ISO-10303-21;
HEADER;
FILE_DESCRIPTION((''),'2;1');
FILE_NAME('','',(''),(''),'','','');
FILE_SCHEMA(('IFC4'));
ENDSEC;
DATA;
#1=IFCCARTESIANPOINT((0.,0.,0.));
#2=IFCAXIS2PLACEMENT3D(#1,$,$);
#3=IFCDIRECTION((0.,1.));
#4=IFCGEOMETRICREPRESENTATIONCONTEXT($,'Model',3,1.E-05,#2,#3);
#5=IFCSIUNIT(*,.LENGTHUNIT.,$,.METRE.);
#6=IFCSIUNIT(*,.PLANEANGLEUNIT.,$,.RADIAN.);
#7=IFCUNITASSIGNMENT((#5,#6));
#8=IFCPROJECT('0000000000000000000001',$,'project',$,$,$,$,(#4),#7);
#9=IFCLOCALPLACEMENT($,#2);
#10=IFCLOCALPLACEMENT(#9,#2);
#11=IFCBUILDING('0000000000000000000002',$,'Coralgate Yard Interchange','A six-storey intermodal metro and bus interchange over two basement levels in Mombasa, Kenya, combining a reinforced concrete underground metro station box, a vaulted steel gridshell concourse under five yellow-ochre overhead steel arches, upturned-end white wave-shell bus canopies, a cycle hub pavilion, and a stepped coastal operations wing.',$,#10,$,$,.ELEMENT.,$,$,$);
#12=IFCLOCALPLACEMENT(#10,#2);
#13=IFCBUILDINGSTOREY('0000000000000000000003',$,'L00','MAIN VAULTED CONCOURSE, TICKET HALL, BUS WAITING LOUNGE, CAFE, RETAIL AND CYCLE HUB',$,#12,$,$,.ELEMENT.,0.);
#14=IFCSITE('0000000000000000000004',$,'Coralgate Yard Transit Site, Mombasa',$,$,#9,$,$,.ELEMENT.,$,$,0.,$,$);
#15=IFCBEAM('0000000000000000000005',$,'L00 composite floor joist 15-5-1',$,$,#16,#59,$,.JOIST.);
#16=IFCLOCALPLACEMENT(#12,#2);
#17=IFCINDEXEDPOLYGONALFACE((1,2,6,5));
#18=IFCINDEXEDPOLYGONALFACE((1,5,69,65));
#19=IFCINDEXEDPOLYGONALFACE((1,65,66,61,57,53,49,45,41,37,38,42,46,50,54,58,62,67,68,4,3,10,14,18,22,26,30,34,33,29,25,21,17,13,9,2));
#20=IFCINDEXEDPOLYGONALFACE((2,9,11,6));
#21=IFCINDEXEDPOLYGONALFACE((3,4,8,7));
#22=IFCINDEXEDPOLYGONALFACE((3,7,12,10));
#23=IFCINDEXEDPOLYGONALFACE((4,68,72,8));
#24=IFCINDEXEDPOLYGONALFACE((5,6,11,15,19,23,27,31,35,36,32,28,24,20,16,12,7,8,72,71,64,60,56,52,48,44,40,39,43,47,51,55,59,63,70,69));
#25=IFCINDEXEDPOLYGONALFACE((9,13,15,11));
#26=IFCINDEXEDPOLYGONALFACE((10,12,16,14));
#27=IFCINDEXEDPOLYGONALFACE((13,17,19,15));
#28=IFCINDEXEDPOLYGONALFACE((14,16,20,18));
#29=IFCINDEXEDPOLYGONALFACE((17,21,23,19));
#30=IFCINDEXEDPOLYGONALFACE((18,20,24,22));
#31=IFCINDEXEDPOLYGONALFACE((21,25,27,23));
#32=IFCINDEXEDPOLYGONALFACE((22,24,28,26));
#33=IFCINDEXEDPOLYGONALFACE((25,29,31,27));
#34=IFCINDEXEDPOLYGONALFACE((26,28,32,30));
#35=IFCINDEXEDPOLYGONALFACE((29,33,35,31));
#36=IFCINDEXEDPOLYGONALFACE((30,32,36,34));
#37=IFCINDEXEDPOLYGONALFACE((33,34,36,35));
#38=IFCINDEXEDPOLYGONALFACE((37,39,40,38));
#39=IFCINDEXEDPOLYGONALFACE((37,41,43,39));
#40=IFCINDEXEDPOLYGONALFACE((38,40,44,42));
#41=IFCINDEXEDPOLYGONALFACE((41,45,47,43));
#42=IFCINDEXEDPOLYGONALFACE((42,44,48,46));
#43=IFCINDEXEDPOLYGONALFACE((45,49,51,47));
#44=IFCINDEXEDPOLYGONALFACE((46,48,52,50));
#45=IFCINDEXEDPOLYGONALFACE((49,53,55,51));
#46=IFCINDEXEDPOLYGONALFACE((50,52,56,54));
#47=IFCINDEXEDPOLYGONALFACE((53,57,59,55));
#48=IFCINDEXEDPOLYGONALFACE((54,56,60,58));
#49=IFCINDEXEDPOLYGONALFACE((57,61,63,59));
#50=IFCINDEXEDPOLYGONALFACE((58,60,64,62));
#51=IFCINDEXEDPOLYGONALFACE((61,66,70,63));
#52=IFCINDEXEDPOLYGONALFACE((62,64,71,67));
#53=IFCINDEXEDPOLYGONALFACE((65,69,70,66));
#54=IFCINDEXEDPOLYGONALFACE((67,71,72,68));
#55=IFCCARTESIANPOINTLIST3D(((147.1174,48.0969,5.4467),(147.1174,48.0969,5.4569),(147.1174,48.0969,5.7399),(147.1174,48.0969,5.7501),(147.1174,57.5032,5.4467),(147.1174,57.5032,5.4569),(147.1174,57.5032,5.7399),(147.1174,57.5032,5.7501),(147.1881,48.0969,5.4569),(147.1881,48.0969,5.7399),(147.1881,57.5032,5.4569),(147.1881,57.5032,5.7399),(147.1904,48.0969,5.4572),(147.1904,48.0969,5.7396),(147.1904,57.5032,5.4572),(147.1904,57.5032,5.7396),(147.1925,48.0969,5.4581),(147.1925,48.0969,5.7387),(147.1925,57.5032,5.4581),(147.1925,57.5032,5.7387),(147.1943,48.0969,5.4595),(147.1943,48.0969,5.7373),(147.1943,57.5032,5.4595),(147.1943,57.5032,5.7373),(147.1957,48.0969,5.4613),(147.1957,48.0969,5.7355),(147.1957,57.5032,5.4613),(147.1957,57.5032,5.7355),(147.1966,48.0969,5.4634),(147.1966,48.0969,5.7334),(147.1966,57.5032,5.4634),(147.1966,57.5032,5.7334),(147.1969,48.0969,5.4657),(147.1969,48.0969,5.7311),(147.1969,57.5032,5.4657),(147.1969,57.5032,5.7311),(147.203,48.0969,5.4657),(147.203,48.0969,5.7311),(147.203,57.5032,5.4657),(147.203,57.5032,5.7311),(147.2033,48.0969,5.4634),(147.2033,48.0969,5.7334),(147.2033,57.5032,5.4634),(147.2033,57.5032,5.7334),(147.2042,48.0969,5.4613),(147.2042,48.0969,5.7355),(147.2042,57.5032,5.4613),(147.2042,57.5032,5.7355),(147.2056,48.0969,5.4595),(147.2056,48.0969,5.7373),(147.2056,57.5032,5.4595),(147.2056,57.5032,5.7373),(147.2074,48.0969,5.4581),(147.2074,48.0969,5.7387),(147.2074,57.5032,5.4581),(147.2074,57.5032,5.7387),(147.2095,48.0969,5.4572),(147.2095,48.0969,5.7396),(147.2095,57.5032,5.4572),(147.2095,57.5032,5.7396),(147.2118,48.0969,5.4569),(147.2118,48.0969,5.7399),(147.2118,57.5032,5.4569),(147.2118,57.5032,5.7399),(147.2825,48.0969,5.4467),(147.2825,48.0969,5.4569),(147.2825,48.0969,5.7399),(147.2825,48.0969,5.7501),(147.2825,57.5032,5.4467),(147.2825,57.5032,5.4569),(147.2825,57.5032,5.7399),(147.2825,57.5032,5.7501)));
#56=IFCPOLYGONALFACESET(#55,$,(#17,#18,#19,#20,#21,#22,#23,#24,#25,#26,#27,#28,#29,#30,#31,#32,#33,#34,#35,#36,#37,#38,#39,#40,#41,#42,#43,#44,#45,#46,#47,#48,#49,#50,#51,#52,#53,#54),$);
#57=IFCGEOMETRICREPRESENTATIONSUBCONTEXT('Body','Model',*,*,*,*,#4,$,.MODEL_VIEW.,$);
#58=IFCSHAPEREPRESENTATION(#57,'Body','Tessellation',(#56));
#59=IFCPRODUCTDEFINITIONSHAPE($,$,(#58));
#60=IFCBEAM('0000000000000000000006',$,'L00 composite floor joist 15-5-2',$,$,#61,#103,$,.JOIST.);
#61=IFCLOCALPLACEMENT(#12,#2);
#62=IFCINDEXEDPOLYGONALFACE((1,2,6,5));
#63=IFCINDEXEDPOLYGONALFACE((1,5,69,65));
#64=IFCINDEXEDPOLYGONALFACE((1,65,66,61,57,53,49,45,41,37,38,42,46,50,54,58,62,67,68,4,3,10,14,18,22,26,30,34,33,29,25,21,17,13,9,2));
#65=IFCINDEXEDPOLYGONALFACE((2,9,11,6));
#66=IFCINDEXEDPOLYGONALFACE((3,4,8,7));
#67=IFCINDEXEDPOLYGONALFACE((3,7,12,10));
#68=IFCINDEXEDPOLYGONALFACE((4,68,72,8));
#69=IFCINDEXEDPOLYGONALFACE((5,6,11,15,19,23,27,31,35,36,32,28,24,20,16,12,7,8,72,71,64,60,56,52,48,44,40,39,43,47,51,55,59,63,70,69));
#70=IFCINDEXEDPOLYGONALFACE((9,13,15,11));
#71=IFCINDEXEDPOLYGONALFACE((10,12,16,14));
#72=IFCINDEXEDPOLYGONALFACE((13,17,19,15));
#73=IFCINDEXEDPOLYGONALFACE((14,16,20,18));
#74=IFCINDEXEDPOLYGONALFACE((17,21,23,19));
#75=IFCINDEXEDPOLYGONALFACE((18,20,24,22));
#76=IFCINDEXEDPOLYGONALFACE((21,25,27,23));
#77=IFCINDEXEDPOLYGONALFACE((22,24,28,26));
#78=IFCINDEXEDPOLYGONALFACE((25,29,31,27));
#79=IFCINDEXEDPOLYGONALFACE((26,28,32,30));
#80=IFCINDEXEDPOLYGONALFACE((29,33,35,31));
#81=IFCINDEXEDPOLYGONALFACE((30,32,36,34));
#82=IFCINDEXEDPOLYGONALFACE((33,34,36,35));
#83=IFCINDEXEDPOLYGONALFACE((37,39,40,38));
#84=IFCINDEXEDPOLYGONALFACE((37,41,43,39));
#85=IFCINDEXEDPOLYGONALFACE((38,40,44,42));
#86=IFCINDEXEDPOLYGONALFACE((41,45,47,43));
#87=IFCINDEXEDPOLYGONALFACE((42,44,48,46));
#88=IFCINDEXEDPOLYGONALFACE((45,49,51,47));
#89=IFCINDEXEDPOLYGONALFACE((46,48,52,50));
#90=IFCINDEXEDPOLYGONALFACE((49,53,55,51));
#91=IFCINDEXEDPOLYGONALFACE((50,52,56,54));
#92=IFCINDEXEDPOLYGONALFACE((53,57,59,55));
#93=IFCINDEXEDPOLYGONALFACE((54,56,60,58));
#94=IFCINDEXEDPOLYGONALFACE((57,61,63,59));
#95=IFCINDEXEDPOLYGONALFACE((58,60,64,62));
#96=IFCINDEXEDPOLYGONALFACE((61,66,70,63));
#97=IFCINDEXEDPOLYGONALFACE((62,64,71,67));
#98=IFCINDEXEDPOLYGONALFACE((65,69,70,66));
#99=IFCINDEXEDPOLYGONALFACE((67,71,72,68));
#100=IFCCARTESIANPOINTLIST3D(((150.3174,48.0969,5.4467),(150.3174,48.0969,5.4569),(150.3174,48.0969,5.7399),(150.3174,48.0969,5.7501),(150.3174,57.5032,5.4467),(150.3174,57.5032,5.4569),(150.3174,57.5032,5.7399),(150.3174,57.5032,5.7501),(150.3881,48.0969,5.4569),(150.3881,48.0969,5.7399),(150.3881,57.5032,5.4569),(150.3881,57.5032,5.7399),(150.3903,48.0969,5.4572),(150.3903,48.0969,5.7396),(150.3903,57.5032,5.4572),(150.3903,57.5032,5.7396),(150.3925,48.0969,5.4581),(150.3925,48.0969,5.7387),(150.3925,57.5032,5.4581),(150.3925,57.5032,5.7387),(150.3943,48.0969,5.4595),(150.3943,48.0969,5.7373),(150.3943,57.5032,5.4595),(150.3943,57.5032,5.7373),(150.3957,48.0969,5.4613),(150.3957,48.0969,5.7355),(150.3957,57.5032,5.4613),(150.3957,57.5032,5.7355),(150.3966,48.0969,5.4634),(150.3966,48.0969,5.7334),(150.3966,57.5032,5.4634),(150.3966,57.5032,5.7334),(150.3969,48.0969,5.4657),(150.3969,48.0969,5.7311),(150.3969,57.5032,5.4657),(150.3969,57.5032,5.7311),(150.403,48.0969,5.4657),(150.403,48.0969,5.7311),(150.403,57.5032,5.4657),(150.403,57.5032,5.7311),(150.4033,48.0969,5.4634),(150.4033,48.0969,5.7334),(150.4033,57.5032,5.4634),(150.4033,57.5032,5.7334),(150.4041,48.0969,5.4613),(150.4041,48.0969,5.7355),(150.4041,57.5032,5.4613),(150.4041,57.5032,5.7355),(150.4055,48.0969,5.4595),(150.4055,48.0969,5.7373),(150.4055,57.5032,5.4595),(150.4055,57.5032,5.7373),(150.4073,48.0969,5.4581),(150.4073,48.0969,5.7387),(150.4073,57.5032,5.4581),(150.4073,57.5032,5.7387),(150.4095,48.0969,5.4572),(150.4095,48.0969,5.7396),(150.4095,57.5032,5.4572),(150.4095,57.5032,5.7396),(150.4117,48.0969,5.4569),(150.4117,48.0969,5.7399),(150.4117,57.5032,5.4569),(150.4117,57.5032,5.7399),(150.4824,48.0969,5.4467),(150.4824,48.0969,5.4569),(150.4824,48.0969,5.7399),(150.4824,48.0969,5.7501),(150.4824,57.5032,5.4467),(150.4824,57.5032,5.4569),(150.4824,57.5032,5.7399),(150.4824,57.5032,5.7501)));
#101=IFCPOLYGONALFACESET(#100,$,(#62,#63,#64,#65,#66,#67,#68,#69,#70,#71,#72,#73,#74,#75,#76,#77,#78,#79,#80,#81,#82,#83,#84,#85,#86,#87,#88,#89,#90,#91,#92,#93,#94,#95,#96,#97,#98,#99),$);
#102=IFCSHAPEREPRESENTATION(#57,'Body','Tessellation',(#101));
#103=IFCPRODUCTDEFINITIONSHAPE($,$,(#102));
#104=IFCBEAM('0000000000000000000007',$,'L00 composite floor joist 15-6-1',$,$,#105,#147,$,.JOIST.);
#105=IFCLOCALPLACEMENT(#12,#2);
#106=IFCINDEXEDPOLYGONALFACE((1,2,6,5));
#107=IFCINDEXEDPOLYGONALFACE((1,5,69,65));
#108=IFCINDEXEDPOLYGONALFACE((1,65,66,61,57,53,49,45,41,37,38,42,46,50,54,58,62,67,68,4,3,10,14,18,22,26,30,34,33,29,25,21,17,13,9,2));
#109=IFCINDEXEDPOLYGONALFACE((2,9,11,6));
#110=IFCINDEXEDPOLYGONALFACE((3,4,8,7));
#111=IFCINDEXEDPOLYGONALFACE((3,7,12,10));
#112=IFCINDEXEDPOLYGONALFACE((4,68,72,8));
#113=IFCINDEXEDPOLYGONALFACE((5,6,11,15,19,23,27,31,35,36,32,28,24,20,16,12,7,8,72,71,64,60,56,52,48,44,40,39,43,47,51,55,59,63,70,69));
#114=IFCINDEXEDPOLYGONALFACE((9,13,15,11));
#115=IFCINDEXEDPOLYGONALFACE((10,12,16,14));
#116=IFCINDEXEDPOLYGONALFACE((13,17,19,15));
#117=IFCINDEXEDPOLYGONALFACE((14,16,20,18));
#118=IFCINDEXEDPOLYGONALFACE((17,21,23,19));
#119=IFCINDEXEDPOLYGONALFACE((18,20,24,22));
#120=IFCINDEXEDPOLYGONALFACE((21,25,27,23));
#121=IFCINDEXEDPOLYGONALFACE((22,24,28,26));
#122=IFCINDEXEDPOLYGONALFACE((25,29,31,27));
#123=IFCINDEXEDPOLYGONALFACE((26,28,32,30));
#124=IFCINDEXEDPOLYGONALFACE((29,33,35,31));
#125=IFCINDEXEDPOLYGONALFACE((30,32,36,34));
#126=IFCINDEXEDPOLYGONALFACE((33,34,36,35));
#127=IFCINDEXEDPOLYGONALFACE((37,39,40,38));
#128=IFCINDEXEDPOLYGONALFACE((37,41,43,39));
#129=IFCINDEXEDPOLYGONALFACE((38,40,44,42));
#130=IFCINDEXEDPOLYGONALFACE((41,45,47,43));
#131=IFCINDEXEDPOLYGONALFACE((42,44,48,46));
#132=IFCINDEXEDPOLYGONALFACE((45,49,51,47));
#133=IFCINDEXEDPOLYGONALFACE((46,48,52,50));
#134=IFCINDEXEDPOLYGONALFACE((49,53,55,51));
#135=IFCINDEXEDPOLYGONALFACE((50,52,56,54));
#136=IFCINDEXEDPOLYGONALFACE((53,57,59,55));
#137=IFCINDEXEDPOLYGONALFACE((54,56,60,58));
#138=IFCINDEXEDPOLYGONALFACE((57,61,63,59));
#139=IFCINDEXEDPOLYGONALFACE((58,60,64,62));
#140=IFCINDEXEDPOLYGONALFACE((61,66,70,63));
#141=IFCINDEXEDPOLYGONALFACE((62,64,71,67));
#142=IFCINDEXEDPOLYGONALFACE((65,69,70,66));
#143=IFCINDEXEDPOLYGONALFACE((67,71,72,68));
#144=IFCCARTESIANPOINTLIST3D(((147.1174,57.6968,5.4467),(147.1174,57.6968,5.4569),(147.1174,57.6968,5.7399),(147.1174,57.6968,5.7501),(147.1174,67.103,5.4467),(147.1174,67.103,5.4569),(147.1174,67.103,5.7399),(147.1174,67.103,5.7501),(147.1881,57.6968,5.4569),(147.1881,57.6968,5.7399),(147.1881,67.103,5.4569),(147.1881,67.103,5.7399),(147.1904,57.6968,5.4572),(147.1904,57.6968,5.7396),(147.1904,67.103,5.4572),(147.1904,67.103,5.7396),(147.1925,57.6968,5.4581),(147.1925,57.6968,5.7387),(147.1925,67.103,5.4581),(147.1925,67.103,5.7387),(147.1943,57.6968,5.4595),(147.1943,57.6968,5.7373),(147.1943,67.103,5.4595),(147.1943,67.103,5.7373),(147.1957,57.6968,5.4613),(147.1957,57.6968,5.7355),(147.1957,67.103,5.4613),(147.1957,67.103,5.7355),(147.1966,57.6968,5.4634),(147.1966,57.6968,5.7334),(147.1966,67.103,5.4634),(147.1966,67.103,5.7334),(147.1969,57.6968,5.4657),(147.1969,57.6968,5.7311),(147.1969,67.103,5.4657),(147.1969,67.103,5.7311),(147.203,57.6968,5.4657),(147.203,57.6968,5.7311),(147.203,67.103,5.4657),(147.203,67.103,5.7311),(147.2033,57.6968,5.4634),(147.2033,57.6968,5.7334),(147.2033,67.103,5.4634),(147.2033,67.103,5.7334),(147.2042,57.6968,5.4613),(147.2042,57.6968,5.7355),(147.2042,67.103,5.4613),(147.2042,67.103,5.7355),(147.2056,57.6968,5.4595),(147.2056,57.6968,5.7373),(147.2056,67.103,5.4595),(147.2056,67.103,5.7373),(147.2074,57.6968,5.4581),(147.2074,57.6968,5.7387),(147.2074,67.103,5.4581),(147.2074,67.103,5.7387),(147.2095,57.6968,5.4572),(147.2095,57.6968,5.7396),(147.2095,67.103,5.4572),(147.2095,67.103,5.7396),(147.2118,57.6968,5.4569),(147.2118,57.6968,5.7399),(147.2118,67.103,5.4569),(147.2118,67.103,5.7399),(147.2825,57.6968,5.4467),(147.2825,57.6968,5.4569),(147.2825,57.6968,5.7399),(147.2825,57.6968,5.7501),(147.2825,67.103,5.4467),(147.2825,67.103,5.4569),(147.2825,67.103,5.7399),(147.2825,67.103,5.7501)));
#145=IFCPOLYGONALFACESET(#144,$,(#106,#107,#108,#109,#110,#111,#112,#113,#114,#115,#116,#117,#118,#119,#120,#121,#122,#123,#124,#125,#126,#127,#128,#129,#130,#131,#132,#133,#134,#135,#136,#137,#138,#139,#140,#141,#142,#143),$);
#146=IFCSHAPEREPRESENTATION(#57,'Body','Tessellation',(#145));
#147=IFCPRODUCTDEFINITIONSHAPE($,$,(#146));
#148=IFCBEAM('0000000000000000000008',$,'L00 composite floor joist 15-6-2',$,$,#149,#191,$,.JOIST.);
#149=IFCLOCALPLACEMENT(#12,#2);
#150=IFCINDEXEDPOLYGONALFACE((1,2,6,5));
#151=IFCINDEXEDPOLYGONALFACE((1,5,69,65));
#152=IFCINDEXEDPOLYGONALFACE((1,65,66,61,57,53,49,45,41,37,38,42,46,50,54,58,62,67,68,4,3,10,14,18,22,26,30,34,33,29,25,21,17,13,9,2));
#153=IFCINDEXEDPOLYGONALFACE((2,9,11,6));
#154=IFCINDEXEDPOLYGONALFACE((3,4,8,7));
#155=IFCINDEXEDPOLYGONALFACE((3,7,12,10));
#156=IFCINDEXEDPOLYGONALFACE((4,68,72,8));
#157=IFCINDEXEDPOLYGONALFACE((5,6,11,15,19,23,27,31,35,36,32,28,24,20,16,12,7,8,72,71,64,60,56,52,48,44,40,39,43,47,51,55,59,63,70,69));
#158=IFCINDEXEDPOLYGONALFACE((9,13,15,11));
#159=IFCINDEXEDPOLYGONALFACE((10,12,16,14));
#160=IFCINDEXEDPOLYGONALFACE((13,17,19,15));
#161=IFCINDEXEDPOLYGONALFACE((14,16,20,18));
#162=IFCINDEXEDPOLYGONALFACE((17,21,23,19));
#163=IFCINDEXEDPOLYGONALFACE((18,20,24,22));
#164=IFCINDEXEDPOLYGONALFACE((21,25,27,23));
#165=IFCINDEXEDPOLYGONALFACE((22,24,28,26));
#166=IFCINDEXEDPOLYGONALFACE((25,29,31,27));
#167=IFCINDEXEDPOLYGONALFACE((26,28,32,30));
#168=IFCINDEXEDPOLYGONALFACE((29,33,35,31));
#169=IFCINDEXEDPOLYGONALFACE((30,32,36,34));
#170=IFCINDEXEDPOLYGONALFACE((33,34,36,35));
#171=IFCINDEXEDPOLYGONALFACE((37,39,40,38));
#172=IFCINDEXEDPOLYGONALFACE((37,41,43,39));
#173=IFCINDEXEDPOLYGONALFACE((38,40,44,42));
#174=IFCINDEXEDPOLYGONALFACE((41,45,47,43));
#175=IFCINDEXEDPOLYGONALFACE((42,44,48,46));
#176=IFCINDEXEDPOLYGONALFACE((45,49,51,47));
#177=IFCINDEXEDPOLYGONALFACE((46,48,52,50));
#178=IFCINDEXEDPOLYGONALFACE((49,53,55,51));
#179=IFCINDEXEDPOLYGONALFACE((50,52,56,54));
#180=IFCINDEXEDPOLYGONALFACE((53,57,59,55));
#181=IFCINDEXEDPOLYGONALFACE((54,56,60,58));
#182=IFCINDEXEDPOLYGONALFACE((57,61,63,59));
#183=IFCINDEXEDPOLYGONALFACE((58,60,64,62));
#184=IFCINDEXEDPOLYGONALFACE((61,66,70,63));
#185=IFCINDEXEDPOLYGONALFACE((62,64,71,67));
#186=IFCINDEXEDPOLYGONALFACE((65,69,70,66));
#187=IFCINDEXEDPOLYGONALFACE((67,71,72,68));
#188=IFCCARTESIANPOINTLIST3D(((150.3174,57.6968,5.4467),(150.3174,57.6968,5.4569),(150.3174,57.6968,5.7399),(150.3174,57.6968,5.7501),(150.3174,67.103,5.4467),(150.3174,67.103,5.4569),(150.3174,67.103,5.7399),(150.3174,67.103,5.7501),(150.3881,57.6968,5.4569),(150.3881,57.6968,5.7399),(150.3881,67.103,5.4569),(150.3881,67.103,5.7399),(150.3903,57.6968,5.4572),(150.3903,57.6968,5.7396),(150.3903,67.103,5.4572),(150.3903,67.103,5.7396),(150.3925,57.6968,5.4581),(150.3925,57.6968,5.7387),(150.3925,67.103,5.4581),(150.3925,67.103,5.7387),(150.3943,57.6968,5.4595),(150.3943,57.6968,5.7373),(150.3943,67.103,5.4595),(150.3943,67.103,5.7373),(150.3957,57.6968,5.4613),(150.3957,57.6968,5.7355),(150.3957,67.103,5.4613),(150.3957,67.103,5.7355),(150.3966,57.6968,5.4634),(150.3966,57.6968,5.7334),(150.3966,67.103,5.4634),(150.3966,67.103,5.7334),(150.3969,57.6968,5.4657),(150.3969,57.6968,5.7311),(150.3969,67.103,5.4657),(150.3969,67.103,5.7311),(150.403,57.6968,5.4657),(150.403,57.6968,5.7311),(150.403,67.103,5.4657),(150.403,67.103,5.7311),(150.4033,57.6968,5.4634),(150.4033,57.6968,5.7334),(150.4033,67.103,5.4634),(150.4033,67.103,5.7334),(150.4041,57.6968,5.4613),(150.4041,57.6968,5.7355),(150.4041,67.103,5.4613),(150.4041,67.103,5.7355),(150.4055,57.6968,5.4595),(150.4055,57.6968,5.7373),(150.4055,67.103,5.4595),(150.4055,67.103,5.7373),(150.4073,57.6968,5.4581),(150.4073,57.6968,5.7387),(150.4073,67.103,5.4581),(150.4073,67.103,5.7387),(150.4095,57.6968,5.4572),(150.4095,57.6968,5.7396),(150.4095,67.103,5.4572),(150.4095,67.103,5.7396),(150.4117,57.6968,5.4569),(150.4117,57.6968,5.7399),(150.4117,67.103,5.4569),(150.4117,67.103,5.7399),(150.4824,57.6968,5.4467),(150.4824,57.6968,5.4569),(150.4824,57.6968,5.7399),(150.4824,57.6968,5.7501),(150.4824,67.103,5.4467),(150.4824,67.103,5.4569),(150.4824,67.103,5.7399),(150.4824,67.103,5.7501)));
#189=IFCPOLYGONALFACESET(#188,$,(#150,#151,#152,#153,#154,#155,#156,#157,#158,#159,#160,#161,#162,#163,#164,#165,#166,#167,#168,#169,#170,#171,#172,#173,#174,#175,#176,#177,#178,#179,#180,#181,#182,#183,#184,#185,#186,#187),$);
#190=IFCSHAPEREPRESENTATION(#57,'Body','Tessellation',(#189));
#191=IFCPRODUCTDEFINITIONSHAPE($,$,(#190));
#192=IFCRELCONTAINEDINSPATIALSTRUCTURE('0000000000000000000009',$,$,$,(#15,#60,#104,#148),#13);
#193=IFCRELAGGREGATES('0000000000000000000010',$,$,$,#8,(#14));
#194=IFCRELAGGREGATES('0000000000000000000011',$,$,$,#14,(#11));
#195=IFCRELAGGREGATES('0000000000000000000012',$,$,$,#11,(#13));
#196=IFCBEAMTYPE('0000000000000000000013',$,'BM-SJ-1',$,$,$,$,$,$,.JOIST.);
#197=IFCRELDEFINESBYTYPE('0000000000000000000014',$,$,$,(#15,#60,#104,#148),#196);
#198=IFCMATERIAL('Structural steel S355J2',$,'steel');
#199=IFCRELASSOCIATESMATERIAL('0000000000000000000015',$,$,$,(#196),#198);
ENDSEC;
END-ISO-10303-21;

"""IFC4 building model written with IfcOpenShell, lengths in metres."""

from ifc_helpers import new_model, si_unit, direction, frame, origin, origin_2d, place, context, subcontext, project, spatial, i_section, extrude, material, material_profile, profile_set, type_object, element, save


model = new_model("IFC4")

# Units and contexts
model_context = context("Model", 3, precision=1e-05, world=origin(), true_north=direction((0.0, 1.0)))
body_context = subcontext(model_context, "Body", "Model", "MODEL_VIEW")
ifc_project = project(units=[si_unit("LENGTHUNIT", "METRE"), si_unit("PLANEANGLEUNIT", "RADIAN")], contexts=[model_context])

# Site, building, storey
site_placement = place(None, origin())
site = spatial("IfcSite", under=ifc_project, at=site_placement, Name="Coralgate Yard Transit Site, Mombasa", CompositionType="ELEMENT", RefElevation=0.0)
building_placement = place(site_placement, origin())
building = spatial("IfcBuilding", under=site, at=building_placement, Name="Coralgate Yard Interchange", Description="A six-storey intermodal metro and bus interchange over two basement levels in Mombasa, Kenya, combining a reinforced concrete underground metro station box, a vaulted steel gridshell concourse under five yellow-ochre overhead steel arches, upturned-end white wave-shell bus canopies, a cycle hub pavilion, and a stepped coastal operations wing.", CompositionType="ELEMENT")
storey_placement = place(building_placement, origin())
storey = spatial("IfcBuildingStorey", under=building, at=storey_placement, Name="L00", Description="MAIN VAULTED CONCOURSE, TICKET HALL, BUS WAITING LOUNGE, CAFE, RETAIL AND CYCLE HUB", CompositionType="ELEMENT", Elevation=0.0)

# Shared definitions
ifc_material_1 = material(Name="Structural steel S355J2", Category="steel")

# Beams
ifc_material_profile_1 = material_profile(ifc_material_1, i_section(OverallWidth=0.165, OverallDepth=0.3035, WebThickness=0.0061, FlangeThickness=0.0103, FilletRadius=0.0088, at=origin_2d()), Name="UB 305x165x40")
ifc_profile_set_1 = profile_set([ifc_material_profile_1], Name="Structural steel S355J2")
beam_type_1 = type_object("IfcBeamType", Name="BM-SJ-1", PredefinedType="JOIST", material=ifc_profile_set_1)
for number, where, z_axis, x_axis, name in (
    (1, (147.2, 48.0969, 5.5984), (0.0, 1.0, 0.0), (-1.0, 0.0, 0.0), "L00 composite floor joist 15-5-1"),
    (2, (150.3999, 48.0969, 5.5984), (0.0, 1.0, 0.0), (-1.0, 0.0, 0.0), "L00 composite floor joist 15-5-2"),
    (3, (147.2, 57.6968, 5.5984), (0.0, 1.0, 0.0), (-1.0, 0.0, 0.0), "L00 composite floor joist 15-6-1"),
    (4, (150.3999, 57.6968, 5.5984), (0.0, 1.0, 0.0), (-1.0, 0.0, 0.0), "L00 composite floor joist 15-6-2"),
):
    element("IfcBeam", number, at=place(storey_placement, frame(where, z_axis=z_axis, x_axis=x_axis)), inside=storey, type_object=beam_type_1, Name=name, PredefinedType="JOIST", context=body_context, shape_type="SweptSolid", body=[
        extrude(i_section(OverallWidth=0.165, OverallDepth=0.3035, WebThickness=0.0061, FlangeThickness=0.0103, FilletRadius=0.0088, at=origin_2d()), origin(), (0.0, 0.0, 1.0), 9.4062),
    ])

save(model, "model.ifc")
